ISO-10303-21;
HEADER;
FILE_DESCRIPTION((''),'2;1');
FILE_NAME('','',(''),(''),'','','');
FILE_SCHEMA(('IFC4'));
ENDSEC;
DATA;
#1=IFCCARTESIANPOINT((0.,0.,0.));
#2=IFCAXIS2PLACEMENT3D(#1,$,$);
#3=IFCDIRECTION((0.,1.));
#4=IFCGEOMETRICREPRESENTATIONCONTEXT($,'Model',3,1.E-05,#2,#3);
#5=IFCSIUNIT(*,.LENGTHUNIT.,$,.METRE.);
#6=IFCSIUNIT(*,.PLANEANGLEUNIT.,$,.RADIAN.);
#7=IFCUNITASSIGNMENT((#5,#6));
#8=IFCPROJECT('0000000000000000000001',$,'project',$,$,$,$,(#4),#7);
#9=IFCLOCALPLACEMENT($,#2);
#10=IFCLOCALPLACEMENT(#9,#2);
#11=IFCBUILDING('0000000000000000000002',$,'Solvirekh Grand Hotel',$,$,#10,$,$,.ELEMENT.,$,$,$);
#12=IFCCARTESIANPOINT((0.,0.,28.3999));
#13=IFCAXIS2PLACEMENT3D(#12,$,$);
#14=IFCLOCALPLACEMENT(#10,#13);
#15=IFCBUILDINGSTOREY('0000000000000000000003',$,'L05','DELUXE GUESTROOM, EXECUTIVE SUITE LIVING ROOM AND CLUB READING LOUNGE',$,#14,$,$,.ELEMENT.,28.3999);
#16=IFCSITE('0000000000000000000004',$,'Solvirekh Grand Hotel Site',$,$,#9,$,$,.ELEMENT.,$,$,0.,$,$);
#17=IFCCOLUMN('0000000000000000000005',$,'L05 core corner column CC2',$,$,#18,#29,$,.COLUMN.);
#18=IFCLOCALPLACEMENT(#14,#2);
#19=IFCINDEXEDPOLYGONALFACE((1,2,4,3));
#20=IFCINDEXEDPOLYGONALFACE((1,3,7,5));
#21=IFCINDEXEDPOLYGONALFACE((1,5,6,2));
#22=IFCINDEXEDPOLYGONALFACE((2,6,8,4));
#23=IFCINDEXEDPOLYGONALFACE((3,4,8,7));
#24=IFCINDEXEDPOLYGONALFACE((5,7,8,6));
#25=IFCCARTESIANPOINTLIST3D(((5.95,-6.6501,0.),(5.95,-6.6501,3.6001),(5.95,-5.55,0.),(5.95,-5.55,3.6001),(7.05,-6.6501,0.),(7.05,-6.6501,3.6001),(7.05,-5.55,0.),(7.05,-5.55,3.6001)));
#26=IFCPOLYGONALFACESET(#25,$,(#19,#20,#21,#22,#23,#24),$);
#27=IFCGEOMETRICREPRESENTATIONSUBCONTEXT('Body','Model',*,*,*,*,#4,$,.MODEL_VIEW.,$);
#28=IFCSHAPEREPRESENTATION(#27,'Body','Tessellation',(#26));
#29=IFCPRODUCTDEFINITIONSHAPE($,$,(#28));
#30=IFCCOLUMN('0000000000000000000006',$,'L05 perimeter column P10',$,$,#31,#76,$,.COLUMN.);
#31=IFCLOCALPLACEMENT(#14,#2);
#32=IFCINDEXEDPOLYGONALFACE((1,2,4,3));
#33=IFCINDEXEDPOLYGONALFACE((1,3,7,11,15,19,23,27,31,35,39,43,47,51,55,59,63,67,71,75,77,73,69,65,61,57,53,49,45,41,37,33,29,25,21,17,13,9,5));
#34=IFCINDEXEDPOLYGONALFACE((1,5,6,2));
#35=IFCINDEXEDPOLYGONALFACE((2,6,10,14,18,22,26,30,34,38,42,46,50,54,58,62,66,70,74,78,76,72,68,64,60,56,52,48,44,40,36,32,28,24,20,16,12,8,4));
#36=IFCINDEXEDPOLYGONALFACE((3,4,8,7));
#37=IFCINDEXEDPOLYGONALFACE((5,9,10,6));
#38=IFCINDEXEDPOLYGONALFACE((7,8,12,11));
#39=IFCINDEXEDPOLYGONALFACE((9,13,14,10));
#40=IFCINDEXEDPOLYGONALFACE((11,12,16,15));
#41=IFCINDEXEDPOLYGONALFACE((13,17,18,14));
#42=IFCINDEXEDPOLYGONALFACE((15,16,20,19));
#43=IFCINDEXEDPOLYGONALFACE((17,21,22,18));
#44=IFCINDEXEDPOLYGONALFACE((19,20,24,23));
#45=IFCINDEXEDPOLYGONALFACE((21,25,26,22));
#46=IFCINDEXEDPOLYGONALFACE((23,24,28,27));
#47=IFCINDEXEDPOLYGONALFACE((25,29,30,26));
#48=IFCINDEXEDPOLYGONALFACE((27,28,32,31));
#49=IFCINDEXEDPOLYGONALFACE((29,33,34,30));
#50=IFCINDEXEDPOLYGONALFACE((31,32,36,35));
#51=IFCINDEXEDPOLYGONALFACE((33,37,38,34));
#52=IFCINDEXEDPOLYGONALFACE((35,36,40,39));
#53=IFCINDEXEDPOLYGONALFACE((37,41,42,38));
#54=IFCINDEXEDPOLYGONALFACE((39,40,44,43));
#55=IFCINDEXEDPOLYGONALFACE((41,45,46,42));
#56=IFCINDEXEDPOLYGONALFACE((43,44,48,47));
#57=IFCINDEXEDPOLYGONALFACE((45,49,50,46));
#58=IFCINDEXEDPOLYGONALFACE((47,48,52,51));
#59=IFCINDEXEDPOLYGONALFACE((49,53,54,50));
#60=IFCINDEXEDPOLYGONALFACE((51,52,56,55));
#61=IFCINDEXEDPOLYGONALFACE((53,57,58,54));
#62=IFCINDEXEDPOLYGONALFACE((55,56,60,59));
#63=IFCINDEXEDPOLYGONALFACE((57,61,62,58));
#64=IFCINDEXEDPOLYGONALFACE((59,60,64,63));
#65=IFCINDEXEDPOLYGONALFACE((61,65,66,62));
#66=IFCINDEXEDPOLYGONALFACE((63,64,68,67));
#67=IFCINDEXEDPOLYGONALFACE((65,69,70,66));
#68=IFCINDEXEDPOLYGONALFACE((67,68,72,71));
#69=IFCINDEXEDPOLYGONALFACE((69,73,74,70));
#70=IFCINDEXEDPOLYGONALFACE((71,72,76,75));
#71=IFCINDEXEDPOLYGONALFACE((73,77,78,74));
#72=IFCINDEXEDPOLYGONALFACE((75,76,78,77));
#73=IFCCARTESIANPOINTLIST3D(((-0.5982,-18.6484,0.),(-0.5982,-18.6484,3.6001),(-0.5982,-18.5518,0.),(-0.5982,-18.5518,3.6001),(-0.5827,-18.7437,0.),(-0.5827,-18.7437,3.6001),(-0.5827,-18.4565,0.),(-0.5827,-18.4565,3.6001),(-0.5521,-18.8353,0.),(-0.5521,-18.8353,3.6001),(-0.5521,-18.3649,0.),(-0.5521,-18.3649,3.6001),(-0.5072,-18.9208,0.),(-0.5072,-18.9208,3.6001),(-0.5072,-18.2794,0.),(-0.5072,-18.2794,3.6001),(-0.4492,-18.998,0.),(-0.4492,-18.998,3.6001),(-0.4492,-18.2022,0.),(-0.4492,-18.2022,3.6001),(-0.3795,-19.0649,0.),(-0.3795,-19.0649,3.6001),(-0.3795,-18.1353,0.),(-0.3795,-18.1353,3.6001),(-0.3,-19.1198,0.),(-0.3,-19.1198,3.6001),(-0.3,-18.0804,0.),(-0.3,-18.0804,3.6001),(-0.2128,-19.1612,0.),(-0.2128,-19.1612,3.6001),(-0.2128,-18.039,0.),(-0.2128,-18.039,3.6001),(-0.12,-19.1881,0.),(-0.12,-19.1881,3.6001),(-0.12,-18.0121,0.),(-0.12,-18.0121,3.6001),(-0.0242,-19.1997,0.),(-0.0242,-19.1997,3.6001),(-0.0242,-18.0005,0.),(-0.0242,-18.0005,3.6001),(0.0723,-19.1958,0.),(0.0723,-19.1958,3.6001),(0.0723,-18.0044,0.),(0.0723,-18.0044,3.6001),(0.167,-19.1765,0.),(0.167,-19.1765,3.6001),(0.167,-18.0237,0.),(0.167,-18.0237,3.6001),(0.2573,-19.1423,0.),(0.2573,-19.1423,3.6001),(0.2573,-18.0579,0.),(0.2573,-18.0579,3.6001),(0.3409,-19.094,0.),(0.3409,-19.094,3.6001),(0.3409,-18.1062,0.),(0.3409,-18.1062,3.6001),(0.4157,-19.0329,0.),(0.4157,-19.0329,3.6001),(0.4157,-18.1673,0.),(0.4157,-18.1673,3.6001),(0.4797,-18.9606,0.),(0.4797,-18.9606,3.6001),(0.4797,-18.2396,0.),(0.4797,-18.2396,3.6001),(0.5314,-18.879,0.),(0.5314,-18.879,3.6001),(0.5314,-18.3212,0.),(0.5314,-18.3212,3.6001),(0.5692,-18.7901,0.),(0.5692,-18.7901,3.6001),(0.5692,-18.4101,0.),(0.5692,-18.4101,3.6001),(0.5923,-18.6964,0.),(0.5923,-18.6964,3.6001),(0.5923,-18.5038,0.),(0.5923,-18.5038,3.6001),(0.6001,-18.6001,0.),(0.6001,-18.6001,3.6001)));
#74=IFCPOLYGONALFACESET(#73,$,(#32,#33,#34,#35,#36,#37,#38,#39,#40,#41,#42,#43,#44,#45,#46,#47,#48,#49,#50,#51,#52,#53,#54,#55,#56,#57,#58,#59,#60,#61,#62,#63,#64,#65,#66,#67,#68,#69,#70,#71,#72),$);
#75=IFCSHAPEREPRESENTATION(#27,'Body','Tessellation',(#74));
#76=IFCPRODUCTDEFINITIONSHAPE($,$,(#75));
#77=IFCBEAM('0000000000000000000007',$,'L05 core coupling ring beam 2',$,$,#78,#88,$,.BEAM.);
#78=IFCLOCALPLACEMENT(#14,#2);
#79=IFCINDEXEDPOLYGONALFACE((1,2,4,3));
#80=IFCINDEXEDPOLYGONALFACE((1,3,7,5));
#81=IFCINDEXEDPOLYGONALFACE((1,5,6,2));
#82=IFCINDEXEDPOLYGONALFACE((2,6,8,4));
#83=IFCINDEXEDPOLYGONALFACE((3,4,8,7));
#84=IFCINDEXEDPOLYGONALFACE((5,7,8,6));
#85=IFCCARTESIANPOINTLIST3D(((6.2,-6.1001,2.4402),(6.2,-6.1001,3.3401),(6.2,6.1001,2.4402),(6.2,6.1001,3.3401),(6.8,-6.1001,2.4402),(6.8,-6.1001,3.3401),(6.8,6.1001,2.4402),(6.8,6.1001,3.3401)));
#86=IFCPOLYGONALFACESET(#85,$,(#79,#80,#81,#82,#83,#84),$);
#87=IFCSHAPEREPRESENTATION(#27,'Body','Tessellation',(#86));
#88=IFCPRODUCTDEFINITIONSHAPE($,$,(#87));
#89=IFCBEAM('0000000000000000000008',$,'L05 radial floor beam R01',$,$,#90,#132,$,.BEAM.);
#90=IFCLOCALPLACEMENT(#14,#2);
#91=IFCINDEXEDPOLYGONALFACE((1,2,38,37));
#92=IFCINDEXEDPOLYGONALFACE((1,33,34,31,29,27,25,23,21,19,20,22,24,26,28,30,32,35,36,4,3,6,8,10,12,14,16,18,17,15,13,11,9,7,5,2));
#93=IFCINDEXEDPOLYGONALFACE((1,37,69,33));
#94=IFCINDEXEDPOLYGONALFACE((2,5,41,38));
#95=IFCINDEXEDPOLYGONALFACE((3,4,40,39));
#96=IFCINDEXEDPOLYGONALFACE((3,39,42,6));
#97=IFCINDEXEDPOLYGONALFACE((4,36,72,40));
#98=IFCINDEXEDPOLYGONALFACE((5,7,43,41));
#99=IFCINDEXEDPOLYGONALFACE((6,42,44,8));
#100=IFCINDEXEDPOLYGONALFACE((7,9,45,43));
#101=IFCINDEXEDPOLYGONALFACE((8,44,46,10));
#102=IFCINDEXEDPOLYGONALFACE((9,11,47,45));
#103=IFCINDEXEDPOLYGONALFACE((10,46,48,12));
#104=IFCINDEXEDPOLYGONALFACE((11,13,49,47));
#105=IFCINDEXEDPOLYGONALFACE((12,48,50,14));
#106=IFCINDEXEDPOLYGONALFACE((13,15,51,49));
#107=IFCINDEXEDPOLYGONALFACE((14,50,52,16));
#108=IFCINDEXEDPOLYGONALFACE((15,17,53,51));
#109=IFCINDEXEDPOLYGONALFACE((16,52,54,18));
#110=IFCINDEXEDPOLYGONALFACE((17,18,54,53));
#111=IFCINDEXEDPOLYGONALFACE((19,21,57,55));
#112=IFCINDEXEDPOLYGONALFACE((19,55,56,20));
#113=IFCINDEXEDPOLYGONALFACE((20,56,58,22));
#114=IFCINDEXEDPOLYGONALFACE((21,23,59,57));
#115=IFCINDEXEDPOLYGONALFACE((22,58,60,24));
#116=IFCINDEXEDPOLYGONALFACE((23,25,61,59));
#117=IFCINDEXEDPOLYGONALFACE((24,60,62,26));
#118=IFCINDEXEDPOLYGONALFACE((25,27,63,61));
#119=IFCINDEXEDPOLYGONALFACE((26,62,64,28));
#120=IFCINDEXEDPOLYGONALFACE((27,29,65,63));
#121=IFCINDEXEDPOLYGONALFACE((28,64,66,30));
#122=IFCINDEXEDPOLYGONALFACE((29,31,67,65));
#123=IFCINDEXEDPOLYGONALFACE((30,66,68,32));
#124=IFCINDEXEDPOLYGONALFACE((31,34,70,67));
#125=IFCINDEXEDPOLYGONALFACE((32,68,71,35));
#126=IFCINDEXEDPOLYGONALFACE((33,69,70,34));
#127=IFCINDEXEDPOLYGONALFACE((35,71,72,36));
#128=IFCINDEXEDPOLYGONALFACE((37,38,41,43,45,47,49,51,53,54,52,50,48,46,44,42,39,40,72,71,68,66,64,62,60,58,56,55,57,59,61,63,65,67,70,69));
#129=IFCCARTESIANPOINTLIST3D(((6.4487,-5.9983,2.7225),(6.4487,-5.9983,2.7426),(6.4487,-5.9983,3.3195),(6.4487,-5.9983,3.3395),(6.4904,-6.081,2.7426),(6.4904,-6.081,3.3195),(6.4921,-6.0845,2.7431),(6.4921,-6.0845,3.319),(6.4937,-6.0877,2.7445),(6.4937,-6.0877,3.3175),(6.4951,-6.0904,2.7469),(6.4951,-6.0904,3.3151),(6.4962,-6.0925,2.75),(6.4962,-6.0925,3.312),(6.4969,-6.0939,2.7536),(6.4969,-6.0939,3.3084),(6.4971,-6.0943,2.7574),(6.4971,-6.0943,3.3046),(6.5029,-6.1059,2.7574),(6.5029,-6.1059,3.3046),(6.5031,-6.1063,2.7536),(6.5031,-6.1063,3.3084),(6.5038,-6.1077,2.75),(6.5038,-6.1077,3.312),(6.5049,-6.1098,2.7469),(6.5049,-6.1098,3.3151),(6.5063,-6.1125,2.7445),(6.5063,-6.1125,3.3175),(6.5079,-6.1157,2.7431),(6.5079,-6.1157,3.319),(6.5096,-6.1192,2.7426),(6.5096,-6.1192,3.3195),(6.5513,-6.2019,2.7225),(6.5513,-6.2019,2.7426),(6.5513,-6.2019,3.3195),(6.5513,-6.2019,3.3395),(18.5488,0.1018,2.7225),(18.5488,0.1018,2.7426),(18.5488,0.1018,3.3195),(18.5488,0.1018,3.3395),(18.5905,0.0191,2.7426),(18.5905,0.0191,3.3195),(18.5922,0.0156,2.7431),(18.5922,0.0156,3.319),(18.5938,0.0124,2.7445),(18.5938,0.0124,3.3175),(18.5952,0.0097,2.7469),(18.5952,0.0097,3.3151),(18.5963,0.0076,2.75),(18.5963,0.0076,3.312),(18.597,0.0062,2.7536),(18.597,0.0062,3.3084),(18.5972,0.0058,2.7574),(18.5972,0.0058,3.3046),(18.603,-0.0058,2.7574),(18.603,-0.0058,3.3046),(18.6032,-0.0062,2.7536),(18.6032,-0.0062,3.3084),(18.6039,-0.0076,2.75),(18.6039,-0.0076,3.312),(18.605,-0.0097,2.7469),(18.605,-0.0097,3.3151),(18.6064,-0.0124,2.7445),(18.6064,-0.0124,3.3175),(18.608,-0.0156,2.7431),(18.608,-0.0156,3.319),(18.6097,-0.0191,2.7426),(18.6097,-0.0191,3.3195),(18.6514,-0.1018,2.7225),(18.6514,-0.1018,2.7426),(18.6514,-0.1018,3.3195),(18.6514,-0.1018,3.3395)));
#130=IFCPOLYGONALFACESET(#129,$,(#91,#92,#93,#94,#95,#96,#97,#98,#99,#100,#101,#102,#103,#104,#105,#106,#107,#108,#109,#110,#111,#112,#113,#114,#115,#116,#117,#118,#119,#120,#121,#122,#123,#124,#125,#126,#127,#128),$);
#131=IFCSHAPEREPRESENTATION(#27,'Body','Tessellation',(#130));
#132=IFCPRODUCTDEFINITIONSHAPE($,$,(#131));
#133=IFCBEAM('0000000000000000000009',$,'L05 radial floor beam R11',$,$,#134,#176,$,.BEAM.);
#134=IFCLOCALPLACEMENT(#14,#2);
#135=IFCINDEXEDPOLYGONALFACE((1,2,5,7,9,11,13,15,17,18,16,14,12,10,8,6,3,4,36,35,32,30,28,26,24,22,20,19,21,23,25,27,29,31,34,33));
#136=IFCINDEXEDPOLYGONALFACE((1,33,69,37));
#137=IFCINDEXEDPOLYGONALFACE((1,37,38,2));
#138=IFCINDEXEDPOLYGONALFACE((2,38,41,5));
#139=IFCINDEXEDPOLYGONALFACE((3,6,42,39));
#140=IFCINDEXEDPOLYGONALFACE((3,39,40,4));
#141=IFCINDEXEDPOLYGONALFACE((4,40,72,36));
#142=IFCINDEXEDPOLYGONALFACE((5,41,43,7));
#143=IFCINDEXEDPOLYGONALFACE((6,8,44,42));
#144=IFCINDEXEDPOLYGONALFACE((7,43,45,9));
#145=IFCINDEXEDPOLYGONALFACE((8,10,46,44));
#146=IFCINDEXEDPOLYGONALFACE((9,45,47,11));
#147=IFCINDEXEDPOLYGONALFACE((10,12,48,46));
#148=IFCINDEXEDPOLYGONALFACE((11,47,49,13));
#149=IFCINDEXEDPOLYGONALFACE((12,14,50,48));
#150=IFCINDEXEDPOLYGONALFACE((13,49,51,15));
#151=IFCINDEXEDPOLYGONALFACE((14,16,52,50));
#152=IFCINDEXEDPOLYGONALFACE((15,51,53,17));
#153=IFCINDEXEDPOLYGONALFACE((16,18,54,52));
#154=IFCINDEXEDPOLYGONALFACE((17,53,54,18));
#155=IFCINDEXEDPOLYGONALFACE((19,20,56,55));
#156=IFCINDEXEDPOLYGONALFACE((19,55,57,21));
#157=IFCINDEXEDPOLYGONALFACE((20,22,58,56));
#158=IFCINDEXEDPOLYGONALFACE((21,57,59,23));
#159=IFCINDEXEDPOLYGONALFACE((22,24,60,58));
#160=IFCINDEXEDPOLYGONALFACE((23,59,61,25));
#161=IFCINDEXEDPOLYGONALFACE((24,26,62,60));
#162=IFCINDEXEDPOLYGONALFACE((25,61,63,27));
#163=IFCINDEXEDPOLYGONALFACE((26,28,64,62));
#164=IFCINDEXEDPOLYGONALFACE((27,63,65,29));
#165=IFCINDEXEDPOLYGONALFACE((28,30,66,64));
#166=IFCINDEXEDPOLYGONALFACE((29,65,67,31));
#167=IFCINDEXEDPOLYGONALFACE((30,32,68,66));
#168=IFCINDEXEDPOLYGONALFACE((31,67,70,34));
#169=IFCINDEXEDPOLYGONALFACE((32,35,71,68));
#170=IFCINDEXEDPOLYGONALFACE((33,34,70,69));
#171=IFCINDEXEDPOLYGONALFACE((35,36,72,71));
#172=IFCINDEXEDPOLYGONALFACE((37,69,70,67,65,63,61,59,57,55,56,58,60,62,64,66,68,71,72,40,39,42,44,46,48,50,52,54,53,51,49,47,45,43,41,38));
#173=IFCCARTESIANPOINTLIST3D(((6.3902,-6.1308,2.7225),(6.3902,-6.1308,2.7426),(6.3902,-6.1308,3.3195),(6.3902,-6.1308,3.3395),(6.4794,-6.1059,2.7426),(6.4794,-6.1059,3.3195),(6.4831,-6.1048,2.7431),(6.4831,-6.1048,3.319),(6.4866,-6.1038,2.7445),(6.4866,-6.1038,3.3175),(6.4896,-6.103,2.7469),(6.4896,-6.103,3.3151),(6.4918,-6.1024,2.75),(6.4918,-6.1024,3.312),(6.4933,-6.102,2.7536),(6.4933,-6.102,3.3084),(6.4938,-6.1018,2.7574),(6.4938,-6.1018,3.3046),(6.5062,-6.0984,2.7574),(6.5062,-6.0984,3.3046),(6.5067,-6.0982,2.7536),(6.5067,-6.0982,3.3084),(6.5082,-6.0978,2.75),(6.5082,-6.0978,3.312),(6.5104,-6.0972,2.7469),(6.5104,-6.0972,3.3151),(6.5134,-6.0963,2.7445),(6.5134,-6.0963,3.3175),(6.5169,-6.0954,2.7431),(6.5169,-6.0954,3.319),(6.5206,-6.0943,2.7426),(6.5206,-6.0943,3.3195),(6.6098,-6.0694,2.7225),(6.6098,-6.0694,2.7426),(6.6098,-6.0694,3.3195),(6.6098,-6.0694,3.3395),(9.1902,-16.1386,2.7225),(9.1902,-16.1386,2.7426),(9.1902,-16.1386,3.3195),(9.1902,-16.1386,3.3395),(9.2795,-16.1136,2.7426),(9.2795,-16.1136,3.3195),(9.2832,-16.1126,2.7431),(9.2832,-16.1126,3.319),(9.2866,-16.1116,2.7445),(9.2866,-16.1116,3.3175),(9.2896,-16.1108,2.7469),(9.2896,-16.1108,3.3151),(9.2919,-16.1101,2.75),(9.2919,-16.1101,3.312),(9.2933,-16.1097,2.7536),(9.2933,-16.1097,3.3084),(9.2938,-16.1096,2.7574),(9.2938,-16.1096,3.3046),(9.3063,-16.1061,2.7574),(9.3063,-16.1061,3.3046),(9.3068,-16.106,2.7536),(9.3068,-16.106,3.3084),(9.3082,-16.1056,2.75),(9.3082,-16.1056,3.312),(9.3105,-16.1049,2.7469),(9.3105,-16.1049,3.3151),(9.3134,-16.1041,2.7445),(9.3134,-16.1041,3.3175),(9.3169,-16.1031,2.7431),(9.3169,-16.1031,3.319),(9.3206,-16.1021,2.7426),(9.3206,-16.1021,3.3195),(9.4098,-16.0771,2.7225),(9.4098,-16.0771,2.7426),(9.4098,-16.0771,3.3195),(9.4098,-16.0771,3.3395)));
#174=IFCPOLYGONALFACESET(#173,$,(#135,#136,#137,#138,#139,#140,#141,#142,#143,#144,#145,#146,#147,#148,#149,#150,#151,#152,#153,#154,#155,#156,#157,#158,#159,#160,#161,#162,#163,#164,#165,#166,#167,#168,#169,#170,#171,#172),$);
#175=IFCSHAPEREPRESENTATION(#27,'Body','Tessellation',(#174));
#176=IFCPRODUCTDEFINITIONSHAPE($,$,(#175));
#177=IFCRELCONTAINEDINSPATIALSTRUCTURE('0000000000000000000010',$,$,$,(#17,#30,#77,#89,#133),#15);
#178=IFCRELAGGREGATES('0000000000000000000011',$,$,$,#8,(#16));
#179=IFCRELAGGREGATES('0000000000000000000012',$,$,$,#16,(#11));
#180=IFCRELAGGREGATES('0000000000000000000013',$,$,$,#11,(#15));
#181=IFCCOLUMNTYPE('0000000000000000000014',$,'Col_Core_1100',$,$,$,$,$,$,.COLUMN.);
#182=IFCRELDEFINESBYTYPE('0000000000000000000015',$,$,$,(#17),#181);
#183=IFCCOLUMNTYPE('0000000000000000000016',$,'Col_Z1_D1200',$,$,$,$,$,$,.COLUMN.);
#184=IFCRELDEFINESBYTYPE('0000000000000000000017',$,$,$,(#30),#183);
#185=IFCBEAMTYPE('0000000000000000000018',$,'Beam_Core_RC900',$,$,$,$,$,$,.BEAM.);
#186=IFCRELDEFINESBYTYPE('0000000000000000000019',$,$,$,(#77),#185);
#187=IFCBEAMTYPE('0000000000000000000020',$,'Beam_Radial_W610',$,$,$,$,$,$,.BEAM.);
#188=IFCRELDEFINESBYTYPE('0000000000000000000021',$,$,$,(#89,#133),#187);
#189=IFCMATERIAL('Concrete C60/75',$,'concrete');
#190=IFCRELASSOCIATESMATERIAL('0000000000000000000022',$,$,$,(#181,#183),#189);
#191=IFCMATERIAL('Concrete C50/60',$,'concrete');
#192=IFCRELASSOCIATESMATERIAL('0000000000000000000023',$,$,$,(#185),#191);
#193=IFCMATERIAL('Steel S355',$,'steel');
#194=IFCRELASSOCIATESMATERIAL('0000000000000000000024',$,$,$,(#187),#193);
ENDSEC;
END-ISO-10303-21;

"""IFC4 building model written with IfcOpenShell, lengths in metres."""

from ifc_helpers import new_model, si_unit, direction, frame, origin, origin_2d, place, context, subcontext, project, spatial, rectangle, circle, i_section, extrude, material, material_profile, profile_set, type_object, element, save


model = new_model("IFC4")

# Units and contexts
model_context = context("Model", 3, precision=1e-05, world=origin(), true_north=direction((0.0, 1.0)))
body_context = subcontext(model_context, "Body", "Model", "MODEL_VIEW")
ifc_project = project(units=[si_unit("LENGTHUNIT", "METRE"), si_unit("PLANEANGLEUNIT", "RADIAN")], contexts=[model_context])

# Site, building, storey
site_placement = place(None, origin())
site = spatial("IfcSite", under=ifc_project, at=site_placement, Name="Solvirekh Grand Hotel Site", CompositionType="ELEMENT", RefElevation=0.0)
building_placement = place(site_placement, origin())
building = spatial("IfcBuilding", under=site, at=building_placement, Name="Solvirekh Grand Hotel", CompositionType="ELEMENT")
storey_placement = place(building_placement, frame((0.0, 0.0, 28.3999)))
storey = spatial("IfcBuildingStorey", under=building, at=storey_placement, Name="L05", Description="DELUXE GUESTROOM, EXECUTIVE SUITE LIVING ROOM AND CLUB READING LOUNGE", CompositionType="ELEMENT", Elevation=28.3999)

# Columns
ifc_material_1 = material(Name="Concrete C60/75", Category="concrete")
ifc_material_profile_1 = material_profile(ifc_material_1, rectangle(XDim=1.1001, YDim=1.1001, at=origin_2d()), Name="RC 1100X1100")
ifc_profile_set_1 = profile_set([ifc_material_profile_1], Name="Concrete C60/75")
column_type_1 = type_object("IfcColumnType", Name="Col_Core_1100", PredefinedType="COLUMN", material=ifc_profile_set_1)
column_1_placement = place(storey_placement, frame((6.5, -6.1001, 0.0), z_axis=(0.0, 0.0, 1.0), x_axis=(1.0, 0.0, 0.0)))
element("IfcColumn", 1, at=column_1_placement, inside=storey, type_object=column_type_1, Name="L05 core corner column CC2", PredefinedType="COLUMN", context=body_context, shape_type="SweptSolid", body=[
    extrude(rectangle(XDim=1.1001, YDim=1.1001, at=origin_2d()), origin(), (0.0, 0.0, 1.0), 3.6001),
])
ifc_material_profile_2 = material_profile(ifc_material_1, circle(Radius=0.6001, at=origin_2d()), Name="RC CIRC D1200")
ifc_profile_set_2 = profile_set([ifc_material_profile_2], Name="Concrete C60/75")
column_type_2 = type_object("IfcColumnType", Name="Col_Z1_D1200", PredefinedType="COLUMN", material=ifc_profile_set_2)
column_2_placement = place(storey_placement, frame((0.0, -18.6001, 0.0), z_axis=(0.0, 0.0, 1.0), x_axis=(1.0, 0.0, 0.0)))
element("IfcColumn", 2, at=column_2_placement, inside=storey, type_object=column_type_2, Name="L05 perimeter column P10", PredefinedType="COLUMN", context=body_context, shape_type="SweptSolid", body=[
    extrude(circle(Radius=0.6001, at=origin_2d()), origin(), (0.0, 0.0, 1.0), 3.6001),
])

# Beams
ifc_material_2 = material(Name="Concrete C50/60", Category="concrete")
ifc_material_profile_3 = material_profile(ifc_material_2, rectangle(XDim=0.6001, YDim=0.8999, at=origin_2d()), Name="RC BEAM 600X900")
ifc_profile_set_3 = profile_set([ifc_material_profile_3], Name="Concrete C50/60")
beam_type_1 = type_object("IfcBeamType", Name="Beam_Core_RC900", PredefinedType="BEAM", material=ifc_profile_set_3)
beam_1_placement = place(storey_placement, frame((6.5, -6.1001, 2.8901), z_axis=(0.0, 1.0, 0.0), x_axis=(-1.0, 0.0, 0.0)))
element("IfcBeam", 3, at=beam_1_placement, inside=storey, type_object=beam_type_1, Name="L05 core coupling ring beam 2", PredefinedType="BEAM", context=body_context, shape_type="SweptSolid", body=[
    extrude(rectangle(XDim=0.6001, YDim=0.8999, at=origin_2d()), origin(), (0.0, 0.0, 1.0), 12.2002),
])
ifc_material_3 = material(Name="Steel S355", Category="steel")
ifc_material_profile_4 = material_profile(ifc_material_3, i_section(OverallWidth=0.228, OverallDepth=0.6169, WebThickness=0.0129, FlangeThickness=0.02, FilletRadius=0.0149, at=origin_2d()), Name="W610X140")
ifc_profile_set_4 = profile_set([ifc_material_profile_4], Name="Steel S355")
beam_type_2 = type_object("IfcBeamType", Name="Beam_Radial_W610", PredefinedType="BEAM", material=ifc_profile_set_4)
beam_2_placement = place(storey_placement, frame((6.5, -6.1001, 3.031), z_axis=(0.892945, 0.450166, 0.0), x_axis=(-0.450166, 0.892945, 0.0)))
element("IfcBeam", 4, at=beam_2_placement, inside=storey, type_object=beam_type_2, Name="L05 radial floor beam R01", PredefinedType="BEAM", context=body_context, shape_type="SweptSolid", body=[
    extrude(i_section(OverallWidth=0.228, OverallDepth=0.6169, WebThickness=0.0129, FlangeThickness=0.02, FilletRadius=0.0149, at=origin_2d()), origin(), (0.0, 0.0, 1.0), 13.5508),
])
beam_3_placement = place(storey_placement, frame((6.5, -6.1001, 3.031), z_axis=(0.269439, -0.963017, 0.0), x_axis=(0.963017, 0.269439, 0.0)))
element("IfcBeam", 5, at=beam_3_placement, inside=storey, type_object=beam_type_2, Name="L05 radial floor beam R11", PredefinedType="BEAM", context=body_context, shape_type="SweptSolid", body=[
    extrude(i_section(OverallWidth=0.228, OverallDepth=0.6169, WebThickness=0.0129, FlangeThickness=0.02, FilletRadius=0.0149, at=origin_2d()), origin(), (0.0, 0.0, 1.0), 10.3921),
])

save(model, "model.ifc")
